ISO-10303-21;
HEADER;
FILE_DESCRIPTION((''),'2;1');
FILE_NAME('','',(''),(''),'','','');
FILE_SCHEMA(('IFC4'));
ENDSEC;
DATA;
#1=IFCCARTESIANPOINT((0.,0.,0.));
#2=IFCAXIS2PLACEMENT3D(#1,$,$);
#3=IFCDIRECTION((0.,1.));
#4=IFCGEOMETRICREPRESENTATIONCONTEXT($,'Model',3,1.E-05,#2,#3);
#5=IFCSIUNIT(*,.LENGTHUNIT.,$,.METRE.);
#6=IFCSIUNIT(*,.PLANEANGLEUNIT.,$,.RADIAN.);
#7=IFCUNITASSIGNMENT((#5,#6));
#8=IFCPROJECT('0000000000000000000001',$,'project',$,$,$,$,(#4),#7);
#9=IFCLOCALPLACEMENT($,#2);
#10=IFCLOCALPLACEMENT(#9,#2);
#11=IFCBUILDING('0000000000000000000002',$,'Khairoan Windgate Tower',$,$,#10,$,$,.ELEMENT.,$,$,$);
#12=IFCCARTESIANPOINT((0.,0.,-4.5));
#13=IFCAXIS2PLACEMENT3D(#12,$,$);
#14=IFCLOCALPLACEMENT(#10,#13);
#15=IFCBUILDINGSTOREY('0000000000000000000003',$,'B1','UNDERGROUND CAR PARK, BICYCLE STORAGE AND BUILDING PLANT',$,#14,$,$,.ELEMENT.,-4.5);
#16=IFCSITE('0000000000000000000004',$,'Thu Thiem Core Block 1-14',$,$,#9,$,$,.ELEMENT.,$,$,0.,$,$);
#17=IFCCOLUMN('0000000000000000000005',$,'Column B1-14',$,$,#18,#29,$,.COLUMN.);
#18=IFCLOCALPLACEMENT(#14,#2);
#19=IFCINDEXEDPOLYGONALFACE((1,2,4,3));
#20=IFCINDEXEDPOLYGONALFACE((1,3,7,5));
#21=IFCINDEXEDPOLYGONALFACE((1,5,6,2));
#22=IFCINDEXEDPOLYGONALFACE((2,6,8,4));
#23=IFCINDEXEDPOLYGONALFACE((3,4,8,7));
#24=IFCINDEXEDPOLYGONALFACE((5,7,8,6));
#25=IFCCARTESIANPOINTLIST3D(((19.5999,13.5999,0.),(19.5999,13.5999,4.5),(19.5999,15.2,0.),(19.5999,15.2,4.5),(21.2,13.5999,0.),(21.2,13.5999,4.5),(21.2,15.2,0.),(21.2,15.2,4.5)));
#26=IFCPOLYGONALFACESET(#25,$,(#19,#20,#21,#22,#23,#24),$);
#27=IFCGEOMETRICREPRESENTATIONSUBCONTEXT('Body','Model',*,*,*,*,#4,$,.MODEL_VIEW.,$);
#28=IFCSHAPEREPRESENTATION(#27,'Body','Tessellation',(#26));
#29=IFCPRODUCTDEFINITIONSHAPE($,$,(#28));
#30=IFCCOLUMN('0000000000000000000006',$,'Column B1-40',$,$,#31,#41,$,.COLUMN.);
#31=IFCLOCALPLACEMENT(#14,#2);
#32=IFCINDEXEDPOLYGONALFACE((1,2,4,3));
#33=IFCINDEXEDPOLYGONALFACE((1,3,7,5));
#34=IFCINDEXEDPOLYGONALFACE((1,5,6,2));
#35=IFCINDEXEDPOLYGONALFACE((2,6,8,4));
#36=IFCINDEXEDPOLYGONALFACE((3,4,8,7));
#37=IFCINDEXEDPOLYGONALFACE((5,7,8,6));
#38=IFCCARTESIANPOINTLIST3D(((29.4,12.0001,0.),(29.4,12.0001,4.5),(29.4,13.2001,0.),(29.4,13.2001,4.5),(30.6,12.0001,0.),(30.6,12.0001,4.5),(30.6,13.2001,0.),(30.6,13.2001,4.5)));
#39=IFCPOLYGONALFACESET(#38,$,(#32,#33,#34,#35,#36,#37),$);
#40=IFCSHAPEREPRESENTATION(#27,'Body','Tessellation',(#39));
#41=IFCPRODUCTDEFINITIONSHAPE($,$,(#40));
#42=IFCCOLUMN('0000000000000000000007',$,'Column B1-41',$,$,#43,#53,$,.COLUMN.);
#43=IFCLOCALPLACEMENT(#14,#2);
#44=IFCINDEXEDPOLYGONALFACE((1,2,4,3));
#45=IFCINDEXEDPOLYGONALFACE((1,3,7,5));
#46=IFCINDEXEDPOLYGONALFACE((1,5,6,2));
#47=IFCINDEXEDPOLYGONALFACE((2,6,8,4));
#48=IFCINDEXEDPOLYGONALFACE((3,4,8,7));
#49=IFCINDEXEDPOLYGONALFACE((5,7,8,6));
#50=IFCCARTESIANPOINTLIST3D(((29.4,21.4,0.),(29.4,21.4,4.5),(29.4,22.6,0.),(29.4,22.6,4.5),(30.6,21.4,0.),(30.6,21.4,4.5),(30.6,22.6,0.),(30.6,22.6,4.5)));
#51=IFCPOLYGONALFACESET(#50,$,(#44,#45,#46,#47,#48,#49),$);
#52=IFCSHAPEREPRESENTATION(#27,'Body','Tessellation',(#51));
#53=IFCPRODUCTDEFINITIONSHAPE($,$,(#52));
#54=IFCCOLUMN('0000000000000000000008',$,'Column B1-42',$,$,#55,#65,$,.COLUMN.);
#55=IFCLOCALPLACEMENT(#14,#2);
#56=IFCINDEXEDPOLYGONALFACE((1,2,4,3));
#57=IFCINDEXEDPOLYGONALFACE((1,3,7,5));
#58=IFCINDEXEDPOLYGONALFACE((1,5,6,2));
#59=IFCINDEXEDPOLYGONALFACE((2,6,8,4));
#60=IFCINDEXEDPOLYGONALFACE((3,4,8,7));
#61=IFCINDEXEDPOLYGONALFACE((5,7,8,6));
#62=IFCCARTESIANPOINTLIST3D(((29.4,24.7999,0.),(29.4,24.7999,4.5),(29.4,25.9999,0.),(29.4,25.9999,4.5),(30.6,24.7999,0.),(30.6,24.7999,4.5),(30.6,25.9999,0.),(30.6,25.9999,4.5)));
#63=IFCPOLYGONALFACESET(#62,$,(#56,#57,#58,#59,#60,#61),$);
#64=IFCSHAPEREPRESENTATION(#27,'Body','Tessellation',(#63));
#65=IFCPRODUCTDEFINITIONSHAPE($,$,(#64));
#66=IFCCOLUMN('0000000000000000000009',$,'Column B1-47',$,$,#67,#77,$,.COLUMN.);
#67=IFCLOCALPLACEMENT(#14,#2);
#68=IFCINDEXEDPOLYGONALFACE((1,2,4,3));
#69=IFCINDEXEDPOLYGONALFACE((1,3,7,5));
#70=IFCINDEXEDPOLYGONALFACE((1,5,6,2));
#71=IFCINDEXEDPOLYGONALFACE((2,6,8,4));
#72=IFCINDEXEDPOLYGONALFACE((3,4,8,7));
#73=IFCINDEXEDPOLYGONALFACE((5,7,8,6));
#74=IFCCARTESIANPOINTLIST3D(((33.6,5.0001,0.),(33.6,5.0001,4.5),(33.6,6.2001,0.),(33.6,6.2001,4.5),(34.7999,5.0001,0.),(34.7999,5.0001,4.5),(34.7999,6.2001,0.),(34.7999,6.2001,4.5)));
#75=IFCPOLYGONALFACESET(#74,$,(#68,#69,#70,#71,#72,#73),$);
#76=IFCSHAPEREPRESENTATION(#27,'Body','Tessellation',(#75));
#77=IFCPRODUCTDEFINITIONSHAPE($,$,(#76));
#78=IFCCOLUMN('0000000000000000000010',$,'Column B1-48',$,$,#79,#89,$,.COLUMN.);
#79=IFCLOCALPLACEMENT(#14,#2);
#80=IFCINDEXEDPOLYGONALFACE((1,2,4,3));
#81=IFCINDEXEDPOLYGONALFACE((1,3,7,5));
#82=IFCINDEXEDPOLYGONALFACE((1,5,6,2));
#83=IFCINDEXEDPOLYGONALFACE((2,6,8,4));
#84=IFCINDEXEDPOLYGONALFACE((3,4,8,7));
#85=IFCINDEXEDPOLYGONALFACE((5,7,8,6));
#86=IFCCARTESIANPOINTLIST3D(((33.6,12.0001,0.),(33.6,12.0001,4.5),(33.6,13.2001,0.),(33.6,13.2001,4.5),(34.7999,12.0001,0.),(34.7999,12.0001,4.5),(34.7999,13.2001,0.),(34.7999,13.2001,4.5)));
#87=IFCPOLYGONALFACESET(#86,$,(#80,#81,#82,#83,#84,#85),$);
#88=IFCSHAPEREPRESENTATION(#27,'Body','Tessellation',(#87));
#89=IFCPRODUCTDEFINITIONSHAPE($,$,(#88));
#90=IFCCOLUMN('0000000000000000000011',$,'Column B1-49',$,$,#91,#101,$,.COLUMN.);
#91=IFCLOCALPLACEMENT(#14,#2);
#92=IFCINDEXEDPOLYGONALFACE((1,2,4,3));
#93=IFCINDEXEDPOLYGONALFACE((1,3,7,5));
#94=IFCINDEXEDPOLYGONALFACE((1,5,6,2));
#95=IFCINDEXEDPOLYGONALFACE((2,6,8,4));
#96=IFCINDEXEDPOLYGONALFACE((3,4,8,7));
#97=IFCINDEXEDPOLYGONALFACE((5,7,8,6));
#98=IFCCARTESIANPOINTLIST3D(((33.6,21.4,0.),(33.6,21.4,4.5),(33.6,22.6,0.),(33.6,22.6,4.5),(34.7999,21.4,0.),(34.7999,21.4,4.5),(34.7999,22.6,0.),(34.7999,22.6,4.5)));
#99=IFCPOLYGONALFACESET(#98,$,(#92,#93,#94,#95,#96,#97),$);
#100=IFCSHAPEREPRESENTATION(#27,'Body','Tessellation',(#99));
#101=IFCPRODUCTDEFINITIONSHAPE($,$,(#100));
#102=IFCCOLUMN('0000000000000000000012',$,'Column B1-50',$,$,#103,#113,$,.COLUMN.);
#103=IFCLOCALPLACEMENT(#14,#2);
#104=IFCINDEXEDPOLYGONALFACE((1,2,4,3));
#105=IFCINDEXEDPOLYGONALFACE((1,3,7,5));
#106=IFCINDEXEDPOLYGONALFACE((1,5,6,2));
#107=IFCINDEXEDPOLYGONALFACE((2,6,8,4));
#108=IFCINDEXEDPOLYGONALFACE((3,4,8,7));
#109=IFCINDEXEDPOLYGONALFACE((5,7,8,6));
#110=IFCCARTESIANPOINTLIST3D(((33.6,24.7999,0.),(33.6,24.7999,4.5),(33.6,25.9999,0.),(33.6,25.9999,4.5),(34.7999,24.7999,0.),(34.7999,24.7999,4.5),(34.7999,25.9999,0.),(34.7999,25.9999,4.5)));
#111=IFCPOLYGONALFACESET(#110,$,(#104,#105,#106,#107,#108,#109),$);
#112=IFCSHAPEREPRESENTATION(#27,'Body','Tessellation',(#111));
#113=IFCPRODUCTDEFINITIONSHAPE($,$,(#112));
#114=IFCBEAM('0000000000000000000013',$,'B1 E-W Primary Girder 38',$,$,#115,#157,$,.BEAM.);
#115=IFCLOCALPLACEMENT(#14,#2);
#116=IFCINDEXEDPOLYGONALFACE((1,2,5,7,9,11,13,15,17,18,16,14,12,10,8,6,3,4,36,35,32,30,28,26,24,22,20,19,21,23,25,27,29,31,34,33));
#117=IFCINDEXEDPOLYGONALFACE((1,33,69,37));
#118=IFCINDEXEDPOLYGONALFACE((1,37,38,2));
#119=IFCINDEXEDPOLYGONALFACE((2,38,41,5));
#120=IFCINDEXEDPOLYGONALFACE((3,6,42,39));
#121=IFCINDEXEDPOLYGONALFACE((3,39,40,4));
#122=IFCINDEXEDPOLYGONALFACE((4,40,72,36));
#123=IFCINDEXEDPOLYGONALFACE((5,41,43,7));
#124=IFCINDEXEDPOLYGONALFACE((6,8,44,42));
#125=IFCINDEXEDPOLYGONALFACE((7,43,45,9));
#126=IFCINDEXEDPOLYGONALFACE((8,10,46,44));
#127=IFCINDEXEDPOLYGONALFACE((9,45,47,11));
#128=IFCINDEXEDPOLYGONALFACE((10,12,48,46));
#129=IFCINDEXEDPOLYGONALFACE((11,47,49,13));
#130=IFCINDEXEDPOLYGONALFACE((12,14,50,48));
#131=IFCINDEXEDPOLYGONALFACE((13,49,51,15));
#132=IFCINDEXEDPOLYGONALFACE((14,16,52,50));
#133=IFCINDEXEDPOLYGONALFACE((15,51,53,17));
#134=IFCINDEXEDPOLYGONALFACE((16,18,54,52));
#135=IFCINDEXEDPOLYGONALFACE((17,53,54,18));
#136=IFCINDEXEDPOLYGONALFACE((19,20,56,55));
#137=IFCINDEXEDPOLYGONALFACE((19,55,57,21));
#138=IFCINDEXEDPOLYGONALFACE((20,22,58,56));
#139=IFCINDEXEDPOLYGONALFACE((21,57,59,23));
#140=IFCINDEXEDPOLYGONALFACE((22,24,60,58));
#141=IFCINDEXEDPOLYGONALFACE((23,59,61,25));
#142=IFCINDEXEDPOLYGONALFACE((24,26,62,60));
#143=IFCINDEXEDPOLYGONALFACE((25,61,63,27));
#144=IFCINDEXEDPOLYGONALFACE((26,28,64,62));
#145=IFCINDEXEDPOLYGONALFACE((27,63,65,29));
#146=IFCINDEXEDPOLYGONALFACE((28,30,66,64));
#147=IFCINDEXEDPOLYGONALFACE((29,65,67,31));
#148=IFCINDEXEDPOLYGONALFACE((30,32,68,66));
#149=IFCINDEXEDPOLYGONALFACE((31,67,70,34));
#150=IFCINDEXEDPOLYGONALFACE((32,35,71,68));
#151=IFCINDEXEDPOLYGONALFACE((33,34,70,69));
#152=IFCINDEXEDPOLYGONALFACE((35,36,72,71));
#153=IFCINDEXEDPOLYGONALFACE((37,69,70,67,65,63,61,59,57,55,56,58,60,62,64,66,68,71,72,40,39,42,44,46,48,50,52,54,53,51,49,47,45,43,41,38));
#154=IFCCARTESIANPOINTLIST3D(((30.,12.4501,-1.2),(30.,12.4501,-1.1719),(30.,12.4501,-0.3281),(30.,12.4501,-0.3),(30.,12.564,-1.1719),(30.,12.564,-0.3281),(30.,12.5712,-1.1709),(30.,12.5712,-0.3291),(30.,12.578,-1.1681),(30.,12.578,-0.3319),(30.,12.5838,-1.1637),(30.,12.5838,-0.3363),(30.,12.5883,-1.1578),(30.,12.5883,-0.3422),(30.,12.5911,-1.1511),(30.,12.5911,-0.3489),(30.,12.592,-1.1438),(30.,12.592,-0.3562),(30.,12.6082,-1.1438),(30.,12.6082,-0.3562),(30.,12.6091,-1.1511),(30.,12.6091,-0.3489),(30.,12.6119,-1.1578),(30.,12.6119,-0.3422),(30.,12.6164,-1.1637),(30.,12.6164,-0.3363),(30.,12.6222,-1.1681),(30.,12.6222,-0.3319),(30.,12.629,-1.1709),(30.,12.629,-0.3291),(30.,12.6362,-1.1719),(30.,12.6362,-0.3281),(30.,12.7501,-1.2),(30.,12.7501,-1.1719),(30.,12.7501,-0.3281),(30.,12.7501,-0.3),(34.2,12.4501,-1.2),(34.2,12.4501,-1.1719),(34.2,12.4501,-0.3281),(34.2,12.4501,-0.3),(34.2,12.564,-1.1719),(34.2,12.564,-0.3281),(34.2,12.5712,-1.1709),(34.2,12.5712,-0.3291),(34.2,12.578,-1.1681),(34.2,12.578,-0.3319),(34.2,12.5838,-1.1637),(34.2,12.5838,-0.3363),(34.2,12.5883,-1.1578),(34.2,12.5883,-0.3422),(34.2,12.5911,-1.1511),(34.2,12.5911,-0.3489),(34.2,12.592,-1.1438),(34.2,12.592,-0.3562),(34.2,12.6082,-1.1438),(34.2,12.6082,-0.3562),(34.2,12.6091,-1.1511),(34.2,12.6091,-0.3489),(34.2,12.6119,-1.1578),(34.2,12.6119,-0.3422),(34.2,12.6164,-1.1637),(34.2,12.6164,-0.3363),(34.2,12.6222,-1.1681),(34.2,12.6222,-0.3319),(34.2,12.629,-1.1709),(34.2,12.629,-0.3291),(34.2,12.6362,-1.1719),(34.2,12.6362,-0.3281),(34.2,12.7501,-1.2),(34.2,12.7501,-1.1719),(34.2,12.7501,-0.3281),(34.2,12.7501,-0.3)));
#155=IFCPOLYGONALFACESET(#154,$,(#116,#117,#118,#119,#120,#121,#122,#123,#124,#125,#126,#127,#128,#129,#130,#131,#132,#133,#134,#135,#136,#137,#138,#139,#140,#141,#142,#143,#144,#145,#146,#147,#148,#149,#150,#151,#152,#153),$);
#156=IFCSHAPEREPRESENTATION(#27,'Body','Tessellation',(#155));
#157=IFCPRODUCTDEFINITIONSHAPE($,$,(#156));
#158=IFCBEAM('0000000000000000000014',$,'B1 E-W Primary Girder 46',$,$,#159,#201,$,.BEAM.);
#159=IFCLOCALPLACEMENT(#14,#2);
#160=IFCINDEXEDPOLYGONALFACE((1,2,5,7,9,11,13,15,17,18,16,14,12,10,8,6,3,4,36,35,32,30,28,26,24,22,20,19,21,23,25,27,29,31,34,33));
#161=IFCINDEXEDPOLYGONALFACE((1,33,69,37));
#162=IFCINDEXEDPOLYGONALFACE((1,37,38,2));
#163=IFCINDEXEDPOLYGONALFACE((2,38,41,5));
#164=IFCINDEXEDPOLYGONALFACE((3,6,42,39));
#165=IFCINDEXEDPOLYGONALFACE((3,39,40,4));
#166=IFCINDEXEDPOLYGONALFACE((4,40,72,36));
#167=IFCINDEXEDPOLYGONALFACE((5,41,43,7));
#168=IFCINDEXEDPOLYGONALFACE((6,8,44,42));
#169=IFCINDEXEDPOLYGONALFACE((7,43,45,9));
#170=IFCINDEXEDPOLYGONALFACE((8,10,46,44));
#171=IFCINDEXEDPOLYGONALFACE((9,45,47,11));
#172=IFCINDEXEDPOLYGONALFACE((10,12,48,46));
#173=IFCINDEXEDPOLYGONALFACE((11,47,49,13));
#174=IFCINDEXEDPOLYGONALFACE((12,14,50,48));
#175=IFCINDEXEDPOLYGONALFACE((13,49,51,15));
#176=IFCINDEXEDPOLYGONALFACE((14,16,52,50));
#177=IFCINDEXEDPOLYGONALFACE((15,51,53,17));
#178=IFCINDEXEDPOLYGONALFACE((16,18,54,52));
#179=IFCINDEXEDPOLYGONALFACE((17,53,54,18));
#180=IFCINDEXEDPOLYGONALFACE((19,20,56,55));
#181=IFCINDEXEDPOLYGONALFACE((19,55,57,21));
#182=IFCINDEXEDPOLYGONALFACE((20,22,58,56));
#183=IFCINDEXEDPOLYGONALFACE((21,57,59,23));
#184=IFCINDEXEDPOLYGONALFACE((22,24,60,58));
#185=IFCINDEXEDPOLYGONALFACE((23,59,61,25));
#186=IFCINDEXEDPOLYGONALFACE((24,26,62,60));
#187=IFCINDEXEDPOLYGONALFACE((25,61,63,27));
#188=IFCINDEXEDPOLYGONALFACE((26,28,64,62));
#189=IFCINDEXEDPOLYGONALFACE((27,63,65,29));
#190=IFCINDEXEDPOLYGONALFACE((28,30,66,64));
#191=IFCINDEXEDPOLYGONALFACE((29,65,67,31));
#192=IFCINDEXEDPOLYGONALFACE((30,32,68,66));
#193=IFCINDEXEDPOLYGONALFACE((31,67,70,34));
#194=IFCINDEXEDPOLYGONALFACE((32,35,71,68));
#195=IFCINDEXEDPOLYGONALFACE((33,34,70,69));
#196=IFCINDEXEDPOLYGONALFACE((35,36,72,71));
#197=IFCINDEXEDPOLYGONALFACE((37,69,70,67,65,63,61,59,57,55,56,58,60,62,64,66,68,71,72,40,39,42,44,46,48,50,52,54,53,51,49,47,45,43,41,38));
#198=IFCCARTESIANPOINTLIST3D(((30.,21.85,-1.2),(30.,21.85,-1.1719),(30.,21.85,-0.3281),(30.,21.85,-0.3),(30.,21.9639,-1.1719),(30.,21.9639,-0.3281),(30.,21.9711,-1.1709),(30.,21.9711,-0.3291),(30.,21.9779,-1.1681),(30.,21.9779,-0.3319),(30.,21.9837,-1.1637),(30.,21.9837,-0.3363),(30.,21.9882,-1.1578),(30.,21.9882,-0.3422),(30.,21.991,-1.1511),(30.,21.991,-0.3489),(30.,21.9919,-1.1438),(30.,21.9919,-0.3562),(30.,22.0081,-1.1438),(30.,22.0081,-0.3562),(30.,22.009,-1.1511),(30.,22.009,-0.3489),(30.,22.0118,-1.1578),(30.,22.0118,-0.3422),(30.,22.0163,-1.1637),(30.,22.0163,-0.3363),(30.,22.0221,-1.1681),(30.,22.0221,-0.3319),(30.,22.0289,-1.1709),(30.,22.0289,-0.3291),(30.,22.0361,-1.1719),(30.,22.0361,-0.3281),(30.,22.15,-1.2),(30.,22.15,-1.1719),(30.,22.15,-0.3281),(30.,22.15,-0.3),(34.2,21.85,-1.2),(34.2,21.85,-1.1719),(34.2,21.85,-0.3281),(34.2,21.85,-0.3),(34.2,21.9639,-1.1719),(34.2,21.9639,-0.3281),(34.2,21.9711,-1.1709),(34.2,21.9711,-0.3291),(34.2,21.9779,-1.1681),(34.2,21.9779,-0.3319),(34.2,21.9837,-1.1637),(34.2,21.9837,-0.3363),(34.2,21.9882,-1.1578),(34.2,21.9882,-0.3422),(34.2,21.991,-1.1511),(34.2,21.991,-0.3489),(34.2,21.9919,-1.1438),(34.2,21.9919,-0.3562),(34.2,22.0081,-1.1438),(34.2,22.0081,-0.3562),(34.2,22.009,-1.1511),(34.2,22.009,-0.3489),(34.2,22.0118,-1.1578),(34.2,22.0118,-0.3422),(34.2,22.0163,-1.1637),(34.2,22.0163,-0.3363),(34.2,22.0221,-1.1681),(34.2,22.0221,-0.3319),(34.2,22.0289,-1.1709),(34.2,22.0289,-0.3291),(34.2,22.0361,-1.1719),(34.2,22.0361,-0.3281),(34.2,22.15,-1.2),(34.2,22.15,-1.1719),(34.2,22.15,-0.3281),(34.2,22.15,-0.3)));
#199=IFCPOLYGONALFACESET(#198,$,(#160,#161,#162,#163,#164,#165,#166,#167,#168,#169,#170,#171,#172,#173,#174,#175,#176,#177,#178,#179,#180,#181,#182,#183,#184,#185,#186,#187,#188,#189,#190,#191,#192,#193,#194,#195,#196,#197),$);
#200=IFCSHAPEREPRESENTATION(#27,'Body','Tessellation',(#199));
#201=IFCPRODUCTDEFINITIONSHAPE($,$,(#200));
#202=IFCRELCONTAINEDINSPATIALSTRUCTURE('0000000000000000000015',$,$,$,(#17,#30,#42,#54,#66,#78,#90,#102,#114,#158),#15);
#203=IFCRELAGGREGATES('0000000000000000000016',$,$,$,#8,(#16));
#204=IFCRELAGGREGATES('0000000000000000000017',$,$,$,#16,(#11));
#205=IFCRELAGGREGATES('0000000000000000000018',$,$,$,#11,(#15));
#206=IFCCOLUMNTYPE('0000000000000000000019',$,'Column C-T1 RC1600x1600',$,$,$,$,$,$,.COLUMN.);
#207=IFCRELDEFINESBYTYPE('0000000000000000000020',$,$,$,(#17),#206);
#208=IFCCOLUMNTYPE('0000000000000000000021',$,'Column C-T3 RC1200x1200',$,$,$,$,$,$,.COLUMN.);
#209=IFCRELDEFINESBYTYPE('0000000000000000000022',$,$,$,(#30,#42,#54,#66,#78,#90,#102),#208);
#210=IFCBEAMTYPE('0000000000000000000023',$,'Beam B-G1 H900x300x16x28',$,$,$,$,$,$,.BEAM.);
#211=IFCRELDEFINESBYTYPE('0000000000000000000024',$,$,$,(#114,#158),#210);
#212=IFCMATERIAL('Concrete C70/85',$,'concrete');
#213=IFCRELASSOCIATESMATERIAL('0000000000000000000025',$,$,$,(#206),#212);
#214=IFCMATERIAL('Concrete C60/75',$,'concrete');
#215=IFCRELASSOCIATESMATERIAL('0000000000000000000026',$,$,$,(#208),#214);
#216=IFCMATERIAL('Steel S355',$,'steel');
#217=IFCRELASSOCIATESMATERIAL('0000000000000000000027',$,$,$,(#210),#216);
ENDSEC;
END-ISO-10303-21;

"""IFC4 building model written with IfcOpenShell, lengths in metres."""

from ifc_helpers import new_model, si_unit, direction, frame, origin, origin_2d, place, context, subcontext, project, spatial, rectangle, i_section, extrude, material, material_profile, profile_set, type_object, element, save


model = new_model("IFC4")

# Units and contexts
model_context = context("Model", 3, precision=1e-05, world=origin(), true_north=direction((0.0, 1.0)))
body_context = subcontext(model_context, "Body", "Model", "MODEL_VIEW")
ifc_project = project(units=[si_unit("LENGTHUNIT", "METRE"), si_unit("PLANEANGLEUNIT", "RADIAN")], contexts=[model_context])

# Site, building, storey
site_placement = place(None, origin())
site = spatial("IfcSite", under=ifc_project, at=site_placement, Name="Thu Thiem Core Block 1-14", CompositionType="ELEMENT", RefElevation=0.0)
building_placement = place(site_placement, origin())
building = spatial("IfcBuilding", under=site, at=building_placement, Name="Khairoan Windgate Tower", CompositionType="ELEMENT")
storey_placement = place(building_placement, frame((0.0, 0.0, -4.5)))
storey = spatial("IfcBuildingStorey", under=building, at=storey_placement, Name="B1", Description="UNDERGROUND CAR PARK, BICYCLE STORAGE AND BUILDING PLANT", CompositionType="ELEMENT", Elevation=-4.5)

# Columns
ifc_material_1 = material(Name="Concrete C70/85", Category="concrete")
ifc_material_profile_1 = material_profile(ifc_material_1, rectangle(XDim=1.6001, YDim=1.6001, at=origin_2d()))
ifc_profile_set_1 = profile_set([ifc_material_profile_1], Name="Concrete C70/85")
column_type_1 = type_object("IfcColumnType", Name="Column C-T1 RC1600x1600", PredefinedType="COLUMN", material=ifc_profile_set_1)
column_placement = place(storey_placement, frame((20.3999, 14.3999, 0.0), z_axis=(0.0, 0.0, 1.0), x_axis=(1.0, 0.0, 0.0)))
element("IfcColumn", 1, at=column_placement, inside=storey, type_object=column_type_1, Name="Column B1-14", PredefinedType="COLUMN", context=body_context, shape_type="SweptSolid", body=[
    extrude(rectangle(XDim=1.6001, YDim=1.6001, at=origin_2d()), origin(), (0.0, 0.0, 1.0), 4.5),
])
ifc_material_2 = material(Name="Concrete C60/75", Category="concrete")
ifc_material_profile_2 = material_profile(ifc_material_2, rectangle(XDim=1.2, YDim=1.2, at=origin_2d()))
ifc_profile_set_2 = profile_set([ifc_material_profile_2], Name="Concrete C60/75")
column_type_2 = type_object("IfcColumnType", Name="Column C-T3 RC1200x1200", PredefinedType="COLUMN", material=ifc_profile_set_2)
for number, where, z_axis, x_axis, name in (
    (2, (30.0, 12.6001, 0.0), (0.0, 0.0, 1.0), (1.0, 0.0, 0.0), "Column B1-40"),
    (3, (30.0, 22.0, 0.0), (0.0, 0.0, 1.0), (1.0, 0.0, 0.0), "Column B1-41"),
    (4, (30.0, 25.3999, 0.0), (0.0, 0.0, 1.0), (1.0, 0.0, 0.0), "Column B1-42"),
    (5, (34.2, 5.6001, 0.0), (0.0, 0.0, 1.0), (1.0, 0.0, 0.0), "Column B1-47"),
    (6, (34.2, 12.6001, 0.0), (0.0, 0.0, 1.0), (1.0, 0.0, 0.0), "Column B1-48"),
    (7, (34.2, 22.0, 0.0), (0.0, 0.0, 1.0), (1.0, 0.0, 0.0), "Column B1-49"),
    (8, (34.2, 25.3999, 0.0), (0.0, 0.0, 1.0), (1.0, 0.0, 0.0), "Column B1-50"),
):
    element("IfcColumn", number, at=place(storey_placement, frame(where, z_axis=z_axis, x_axis=x_axis)), inside=storey, type_object=column_type_2, Name=name, PredefinedType="COLUMN", context=body_context, shape_type="SweptSolid", body=[
        extrude(rectangle(XDim=1.2, YDim=1.2, at=origin_2d()), origin(), (0.0, 0.0, 1.0), 4.5),
    ])

# Beams
ifc_material_3 = material(Name="Steel S355", Category="steel")
ifc_material_profile_3 = material_profile(ifc_material_3, i_section(OverallWidth=0.3, OverallDepth=0.8999, WebThickness=0.0161, FlangeThickness=0.0281, FilletRadius=0.0281, at=origin_2d()))
ifc_profile_set_3 = profile_set([ifc_material_profile_3], Name="Steel S355")
beam_type_1 = type_object("IfcBeamType", Name="Beam B-G1 H900x300x16x28", PredefinedType="BEAM", material=ifc_profile_set_3)
for number, where, z_axis, x_axis, name in (
    (9, (30.0, 12.6001, -0.75), (1.0, 0.0, 0.0), (0.0, 1.0, 0.0), "B1 E-W Primary Girder 38"),
    (10, (30.0, 22.0, -0.75), (1.0, 0.0, 0.0), (0.0, 1.0, 0.0), "B1 E-W Primary Girder 46"),
):
    element("IfcBeam", number, at=place(storey_placement, frame(where, z_axis=z_axis, x_axis=x_axis)), inside=storey, type_object=beam_type_1, Name=name, PredefinedType="BEAM", context=body_context, shape_type="SweptSolid", body=[
        extrude(i_section(OverallWidth=0.3, OverallDepth=0.8999, WebThickness=0.0161, FlangeThickness=0.0281, FilletRadius=0.0281, at=origin_2d()), origin(), (0.0, 0.0, 1.0), 4.2),
    ])

save(model, "model.ifc")
